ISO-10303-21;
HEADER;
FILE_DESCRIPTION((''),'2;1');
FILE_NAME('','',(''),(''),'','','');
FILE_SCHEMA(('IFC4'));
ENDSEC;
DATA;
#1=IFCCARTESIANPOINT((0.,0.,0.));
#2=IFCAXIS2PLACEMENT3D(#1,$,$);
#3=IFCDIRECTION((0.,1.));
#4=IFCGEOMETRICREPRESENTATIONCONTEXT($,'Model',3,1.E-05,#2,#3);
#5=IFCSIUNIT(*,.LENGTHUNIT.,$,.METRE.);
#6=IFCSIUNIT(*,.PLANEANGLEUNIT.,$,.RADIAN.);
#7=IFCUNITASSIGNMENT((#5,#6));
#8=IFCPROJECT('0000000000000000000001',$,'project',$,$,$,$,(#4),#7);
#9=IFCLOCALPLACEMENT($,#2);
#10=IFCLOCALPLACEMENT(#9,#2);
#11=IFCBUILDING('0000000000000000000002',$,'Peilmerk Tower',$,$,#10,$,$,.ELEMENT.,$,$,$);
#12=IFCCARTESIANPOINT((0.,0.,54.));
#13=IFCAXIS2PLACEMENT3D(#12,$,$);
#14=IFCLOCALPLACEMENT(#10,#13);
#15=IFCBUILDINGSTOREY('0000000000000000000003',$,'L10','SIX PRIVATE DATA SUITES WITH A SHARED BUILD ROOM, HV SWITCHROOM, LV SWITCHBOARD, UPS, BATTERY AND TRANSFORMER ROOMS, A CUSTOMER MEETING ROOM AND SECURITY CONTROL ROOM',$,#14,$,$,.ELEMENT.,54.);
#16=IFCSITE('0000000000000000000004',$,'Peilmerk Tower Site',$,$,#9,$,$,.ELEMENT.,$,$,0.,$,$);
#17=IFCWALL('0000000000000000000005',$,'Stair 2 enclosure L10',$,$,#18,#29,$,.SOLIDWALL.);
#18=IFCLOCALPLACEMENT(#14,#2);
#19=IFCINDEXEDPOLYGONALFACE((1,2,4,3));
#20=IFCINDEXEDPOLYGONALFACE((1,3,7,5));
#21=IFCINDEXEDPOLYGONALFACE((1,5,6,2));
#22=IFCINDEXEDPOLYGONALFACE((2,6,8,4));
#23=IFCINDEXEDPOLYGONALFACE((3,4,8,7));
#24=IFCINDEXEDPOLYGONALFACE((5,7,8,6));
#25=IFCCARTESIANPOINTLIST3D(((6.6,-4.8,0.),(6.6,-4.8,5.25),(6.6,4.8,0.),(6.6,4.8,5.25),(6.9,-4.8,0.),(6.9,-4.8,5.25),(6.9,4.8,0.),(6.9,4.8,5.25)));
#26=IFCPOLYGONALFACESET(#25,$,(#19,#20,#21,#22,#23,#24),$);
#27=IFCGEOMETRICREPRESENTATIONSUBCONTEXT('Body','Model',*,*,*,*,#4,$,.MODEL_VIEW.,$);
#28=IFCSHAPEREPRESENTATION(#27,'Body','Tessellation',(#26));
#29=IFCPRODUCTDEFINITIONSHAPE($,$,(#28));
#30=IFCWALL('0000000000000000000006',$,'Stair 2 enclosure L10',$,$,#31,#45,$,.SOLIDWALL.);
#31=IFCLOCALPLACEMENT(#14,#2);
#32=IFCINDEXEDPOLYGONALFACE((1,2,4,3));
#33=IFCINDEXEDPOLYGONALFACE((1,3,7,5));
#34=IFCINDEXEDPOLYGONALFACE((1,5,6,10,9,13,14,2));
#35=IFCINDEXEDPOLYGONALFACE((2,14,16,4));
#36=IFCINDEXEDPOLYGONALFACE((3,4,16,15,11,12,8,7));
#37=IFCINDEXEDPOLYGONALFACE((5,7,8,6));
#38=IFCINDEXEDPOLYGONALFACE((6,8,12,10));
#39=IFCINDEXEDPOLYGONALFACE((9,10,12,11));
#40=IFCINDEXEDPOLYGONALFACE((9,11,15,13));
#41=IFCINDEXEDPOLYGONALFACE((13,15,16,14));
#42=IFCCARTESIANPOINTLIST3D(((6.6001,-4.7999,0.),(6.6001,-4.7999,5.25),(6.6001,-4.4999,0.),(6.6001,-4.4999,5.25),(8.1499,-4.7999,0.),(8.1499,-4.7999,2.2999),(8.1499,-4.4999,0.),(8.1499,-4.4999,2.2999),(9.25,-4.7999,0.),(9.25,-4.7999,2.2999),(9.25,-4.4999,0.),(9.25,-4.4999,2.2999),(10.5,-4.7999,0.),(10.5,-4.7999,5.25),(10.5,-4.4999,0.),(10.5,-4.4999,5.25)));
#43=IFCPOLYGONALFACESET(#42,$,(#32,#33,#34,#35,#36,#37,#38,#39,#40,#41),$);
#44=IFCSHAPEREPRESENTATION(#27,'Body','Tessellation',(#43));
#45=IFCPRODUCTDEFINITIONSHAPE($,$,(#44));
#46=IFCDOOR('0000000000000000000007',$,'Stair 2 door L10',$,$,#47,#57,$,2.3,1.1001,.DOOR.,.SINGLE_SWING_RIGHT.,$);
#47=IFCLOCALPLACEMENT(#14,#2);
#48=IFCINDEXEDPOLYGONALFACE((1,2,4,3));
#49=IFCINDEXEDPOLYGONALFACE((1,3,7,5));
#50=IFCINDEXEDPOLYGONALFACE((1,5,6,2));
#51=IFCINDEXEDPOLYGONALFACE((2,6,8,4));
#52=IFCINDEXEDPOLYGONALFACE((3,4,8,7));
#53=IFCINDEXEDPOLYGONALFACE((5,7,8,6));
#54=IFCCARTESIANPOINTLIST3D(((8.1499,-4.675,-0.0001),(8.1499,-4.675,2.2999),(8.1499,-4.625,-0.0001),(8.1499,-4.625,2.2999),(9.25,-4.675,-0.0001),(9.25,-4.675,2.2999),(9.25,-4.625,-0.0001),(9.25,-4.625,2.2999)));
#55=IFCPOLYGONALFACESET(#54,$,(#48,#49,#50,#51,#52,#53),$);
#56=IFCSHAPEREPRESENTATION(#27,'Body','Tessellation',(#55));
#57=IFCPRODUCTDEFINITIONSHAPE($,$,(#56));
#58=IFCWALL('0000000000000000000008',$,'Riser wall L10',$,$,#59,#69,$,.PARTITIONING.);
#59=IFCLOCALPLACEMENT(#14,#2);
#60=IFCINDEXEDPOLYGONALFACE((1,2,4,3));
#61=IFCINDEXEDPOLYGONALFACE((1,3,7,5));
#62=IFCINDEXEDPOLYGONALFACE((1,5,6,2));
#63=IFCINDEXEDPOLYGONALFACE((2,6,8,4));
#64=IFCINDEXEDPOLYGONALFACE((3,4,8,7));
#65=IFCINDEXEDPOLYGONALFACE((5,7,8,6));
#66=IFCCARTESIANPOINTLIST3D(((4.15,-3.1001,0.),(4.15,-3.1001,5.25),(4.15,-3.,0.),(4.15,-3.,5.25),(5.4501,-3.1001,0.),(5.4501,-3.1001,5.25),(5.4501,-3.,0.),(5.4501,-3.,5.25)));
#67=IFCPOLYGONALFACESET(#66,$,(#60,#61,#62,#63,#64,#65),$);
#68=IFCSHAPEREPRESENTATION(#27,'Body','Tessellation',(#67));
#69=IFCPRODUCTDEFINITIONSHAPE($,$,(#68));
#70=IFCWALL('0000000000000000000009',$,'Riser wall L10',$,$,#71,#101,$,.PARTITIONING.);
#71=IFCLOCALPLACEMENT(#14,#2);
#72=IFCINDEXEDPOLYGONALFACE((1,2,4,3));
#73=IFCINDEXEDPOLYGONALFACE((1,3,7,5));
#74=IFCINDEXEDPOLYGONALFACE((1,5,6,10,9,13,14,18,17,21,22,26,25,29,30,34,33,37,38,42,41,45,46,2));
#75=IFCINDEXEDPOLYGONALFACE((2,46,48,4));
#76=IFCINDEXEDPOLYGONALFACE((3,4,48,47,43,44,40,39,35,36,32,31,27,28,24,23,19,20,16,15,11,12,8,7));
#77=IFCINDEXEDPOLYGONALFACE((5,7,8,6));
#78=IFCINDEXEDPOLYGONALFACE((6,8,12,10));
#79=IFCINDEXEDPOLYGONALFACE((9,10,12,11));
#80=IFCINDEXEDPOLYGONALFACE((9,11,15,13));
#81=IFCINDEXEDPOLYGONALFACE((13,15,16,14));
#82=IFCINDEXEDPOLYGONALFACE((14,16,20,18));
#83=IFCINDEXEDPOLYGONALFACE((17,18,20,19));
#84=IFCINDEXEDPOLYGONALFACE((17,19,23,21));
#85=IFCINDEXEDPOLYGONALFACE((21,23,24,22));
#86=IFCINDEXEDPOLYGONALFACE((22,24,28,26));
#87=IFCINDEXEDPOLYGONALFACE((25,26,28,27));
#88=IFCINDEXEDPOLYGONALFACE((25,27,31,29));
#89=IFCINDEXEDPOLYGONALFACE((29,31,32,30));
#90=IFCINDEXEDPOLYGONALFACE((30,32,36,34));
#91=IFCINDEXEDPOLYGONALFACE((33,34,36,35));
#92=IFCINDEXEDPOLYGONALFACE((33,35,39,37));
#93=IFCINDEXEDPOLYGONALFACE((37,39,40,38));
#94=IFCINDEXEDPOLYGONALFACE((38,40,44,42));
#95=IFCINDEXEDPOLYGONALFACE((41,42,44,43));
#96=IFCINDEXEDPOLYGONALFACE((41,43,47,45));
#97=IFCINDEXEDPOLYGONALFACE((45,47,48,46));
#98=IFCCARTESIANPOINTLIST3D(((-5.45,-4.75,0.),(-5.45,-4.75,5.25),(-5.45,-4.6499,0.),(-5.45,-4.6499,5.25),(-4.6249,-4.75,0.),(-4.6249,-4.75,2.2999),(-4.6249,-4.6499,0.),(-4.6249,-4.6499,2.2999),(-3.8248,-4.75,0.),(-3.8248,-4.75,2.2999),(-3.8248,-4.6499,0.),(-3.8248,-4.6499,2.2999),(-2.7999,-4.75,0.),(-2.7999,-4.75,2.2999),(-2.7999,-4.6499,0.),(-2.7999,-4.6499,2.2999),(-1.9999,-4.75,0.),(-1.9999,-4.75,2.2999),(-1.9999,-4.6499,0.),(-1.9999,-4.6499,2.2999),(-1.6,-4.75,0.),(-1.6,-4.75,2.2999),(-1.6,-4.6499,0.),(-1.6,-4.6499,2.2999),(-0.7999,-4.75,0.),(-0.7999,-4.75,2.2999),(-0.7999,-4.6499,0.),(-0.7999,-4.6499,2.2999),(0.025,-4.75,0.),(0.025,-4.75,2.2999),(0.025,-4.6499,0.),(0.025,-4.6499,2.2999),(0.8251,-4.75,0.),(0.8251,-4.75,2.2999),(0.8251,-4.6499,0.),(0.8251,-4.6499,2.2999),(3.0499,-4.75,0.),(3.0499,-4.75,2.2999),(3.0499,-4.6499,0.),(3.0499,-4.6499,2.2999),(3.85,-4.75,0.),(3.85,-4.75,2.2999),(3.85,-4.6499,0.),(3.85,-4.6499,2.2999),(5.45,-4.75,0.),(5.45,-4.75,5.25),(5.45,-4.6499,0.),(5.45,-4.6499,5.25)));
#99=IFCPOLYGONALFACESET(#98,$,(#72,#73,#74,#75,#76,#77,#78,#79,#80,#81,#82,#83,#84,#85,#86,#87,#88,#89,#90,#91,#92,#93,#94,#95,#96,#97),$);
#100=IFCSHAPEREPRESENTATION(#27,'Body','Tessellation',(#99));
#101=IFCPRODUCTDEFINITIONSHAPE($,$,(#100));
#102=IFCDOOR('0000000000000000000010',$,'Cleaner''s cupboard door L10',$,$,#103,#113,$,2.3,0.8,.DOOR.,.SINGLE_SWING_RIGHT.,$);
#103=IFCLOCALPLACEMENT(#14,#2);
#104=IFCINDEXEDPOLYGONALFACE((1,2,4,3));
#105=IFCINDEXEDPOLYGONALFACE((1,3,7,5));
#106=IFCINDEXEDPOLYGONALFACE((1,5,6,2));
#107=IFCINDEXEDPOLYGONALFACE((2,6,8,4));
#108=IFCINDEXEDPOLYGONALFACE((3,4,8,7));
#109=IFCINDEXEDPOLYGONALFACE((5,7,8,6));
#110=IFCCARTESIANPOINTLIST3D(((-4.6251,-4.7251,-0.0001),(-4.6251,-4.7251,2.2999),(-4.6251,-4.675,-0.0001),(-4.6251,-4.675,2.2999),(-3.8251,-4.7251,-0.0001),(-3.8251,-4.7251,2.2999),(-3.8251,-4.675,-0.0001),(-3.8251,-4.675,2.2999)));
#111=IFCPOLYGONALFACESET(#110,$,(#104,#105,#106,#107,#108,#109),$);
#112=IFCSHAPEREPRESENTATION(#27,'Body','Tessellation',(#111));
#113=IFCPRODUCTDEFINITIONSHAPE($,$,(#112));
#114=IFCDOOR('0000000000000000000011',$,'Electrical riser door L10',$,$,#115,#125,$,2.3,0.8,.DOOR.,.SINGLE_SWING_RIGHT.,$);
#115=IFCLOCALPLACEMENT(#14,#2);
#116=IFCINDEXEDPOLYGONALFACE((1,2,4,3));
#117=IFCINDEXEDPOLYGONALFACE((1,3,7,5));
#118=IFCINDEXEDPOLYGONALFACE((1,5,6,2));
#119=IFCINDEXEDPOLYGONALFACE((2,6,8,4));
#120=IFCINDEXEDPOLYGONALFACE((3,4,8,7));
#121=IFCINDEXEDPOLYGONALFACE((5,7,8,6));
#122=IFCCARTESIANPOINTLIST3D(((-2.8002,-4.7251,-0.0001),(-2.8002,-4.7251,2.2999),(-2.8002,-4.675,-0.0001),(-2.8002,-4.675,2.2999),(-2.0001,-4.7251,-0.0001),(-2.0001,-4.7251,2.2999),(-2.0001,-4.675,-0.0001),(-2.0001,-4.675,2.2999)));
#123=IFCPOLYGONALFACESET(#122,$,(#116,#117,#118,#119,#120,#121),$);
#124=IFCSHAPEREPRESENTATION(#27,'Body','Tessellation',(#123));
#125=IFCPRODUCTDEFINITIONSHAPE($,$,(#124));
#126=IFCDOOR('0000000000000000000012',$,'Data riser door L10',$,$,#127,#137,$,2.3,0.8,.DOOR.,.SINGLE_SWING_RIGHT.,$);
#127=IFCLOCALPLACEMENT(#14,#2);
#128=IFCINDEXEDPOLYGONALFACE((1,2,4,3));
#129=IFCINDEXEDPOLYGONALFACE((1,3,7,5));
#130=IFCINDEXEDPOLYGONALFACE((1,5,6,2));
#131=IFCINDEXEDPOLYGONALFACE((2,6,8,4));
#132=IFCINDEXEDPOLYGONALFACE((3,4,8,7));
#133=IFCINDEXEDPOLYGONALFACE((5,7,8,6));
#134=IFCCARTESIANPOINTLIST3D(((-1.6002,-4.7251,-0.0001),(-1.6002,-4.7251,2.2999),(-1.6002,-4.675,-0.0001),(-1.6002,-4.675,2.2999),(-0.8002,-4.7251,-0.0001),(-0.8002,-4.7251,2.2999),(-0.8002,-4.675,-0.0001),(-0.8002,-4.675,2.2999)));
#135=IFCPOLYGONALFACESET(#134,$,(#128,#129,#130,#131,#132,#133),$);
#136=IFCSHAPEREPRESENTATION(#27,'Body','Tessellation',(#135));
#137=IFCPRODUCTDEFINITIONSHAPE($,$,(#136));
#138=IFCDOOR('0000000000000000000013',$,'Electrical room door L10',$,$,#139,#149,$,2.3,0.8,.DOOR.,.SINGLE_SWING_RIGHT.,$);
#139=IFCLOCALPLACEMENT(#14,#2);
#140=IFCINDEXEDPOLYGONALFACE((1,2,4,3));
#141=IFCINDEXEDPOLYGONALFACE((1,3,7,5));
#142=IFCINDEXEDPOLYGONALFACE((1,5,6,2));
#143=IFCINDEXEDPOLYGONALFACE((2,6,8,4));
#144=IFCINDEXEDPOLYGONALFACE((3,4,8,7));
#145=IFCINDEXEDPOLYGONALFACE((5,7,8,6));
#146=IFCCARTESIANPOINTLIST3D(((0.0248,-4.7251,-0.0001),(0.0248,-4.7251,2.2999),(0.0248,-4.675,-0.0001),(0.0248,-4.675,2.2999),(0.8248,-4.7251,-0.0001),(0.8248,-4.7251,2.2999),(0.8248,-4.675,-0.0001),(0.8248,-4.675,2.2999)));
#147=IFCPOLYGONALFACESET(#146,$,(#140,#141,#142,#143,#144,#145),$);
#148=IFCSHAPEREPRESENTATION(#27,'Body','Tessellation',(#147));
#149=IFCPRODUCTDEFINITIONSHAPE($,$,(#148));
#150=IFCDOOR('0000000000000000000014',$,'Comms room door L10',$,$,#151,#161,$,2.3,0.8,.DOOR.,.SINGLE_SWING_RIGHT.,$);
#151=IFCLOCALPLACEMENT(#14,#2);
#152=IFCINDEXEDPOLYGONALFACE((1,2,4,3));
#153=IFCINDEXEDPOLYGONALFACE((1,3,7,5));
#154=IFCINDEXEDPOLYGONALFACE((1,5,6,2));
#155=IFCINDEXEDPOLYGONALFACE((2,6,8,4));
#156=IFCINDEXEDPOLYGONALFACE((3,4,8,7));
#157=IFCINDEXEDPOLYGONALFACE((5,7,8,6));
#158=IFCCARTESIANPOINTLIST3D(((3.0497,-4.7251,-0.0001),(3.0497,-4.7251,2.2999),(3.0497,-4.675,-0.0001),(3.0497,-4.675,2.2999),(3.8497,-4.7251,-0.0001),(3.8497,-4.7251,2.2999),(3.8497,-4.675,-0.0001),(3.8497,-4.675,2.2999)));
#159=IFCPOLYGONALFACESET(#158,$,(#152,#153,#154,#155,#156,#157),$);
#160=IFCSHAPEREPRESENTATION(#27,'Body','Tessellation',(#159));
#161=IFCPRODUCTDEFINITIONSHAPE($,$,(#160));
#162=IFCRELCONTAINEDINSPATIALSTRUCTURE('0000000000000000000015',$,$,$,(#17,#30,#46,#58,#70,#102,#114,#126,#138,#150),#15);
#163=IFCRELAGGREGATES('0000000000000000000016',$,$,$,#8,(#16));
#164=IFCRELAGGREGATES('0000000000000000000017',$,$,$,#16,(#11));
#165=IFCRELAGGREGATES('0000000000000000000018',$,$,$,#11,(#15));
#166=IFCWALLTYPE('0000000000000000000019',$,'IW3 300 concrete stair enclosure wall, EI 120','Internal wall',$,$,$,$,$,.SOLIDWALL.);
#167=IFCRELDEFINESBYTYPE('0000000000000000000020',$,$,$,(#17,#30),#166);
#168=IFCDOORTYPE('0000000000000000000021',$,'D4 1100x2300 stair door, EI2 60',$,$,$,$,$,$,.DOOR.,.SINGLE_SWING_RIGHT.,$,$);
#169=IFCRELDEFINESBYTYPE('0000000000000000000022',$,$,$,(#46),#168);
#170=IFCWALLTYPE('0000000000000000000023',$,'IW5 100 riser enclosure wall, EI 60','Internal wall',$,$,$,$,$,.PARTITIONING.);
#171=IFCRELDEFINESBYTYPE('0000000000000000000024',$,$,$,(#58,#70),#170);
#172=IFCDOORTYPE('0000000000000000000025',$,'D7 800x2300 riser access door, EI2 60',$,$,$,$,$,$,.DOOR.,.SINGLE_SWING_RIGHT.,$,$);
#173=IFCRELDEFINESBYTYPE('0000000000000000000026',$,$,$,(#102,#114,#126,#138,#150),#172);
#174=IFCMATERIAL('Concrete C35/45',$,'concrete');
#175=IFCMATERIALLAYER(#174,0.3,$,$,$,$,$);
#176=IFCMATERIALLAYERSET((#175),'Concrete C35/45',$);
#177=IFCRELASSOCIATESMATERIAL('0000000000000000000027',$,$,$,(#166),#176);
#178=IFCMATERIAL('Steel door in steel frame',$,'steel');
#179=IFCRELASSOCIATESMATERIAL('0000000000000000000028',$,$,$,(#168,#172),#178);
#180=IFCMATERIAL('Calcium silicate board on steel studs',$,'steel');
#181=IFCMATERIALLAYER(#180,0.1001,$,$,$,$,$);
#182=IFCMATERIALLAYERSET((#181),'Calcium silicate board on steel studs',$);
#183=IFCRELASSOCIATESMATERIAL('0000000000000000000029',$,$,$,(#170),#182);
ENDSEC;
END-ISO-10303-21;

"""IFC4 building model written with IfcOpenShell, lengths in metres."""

from ifc_helpers import new_model, si_unit, direction, frame, frame_2d, origin, place, context, subcontext, project, spatial, rectangle, extrude, material, layer, layer_set, type_object, element, fill, save


model = new_model("IFC4")

# Units and contexts
model_context = context("Model", 3, precision=1e-05, world=origin(), true_north=direction((0.0, 1.0)))
body_context = subcontext(model_context, "Body", "Model", "MODEL_VIEW")
ifc_project = project(units=[si_unit("LENGTHUNIT", "METRE"), si_unit("PLANEANGLEUNIT", "RADIAN")], contexts=[model_context])

# Site, building, storey
site_placement = place(None, origin())
site = spatial("IfcSite", under=ifc_project, at=site_placement, Name="Peilmerk Tower Site", CompositionType="ELEMENT", RefElevation=0.0)
building_placement = place(site_placement, origin())
building = spatial("IfcBuilding", under=site, at=building_placement, Name="Peilmerk Tower", CompositionType="ELEMENT")
storey_placement = place(building_placement, frame((0.0, 0.0, 54.0)))
storey = spatial("IfcBuildingStorey", under=building, at=storey_placement, Name="L10", Description="SIX PRIVATE DATA SUITES WITH A SHARED BUILD ROOM, HV SWITCHROOM, LV SWITCHBOARD, UPS, BATTERY AND TRANSFORMER ROOMS, A CUSTOMER MEETING ROOM AND SECURITY CONTROL ROOM", CompositionType="ELEMENT", Elevation=54.0)

# Wall
ifc_material_1 = material(Name="Concrete C35/45", Category="concrete")
ifc_layer_1 = layer(ifc_material_1, 0.3)
ifc_layer_set_1 = layer_set([ifc_layer_1], Name="Concrete C35/45")
wall_type_1 = type_object("IfcWallType", Name="IW3 300 concrete stair enclosure wall, EI 120", Description="Internal wall", PredefinedType="SOLIDWALL", material=ifc_layer_set_1)
wall_1_placement = place(storey_placement, frame((6.75, -4.8, 0.0), z_axis=(0.0, 0.0, 1.0), x_axis=(0.0, 1.0, 0.0)))
element("IfcWall", 1, at=wall_1_placement, inside=storey, type_object=wall_type_1, Name="Stair 2 enclosure L10", PredefinedType="SOLIDWALL", context=body_context, shape_type="SweptSolid", body=[
    extrude(rectangle(XDim=9.6001, YDim=0.3, at=frame_2d((4.8, 0.0))), origin(), (0.0, 0.0, 1.0), 5.25),
])

# Wall, opening, door
wall_2_placement = place(storey_placement, frame((10.5, -4.6499, 0.0), z_axis=(0.0, 0.0, 1.0), x_axis=(-1.0, 0.0, 0.0)))
wall_2 = element("IfcWall", 2, at=wall_2_placement, inside=storey, type_object=wall_type_1, Name="Stair 2 enclosure L10", PredefinedType="SOLIDWALL", context=body_context, shape_type="SweptSolid", body=[
    extrude(rectangle(XDim=3.8999, YDim=0.3, at=frame_2d((1.95, 0.0))), origin(), (0.0, 0.0, 1.0), 5.25),
])
opening_1_placement = place(wall_2_placement, frame((1.25, 0.0, 0.0)))
opening_1 = element("IfcOpeningElement", 3, at=opening_1_placement, cuts=wall_2, PredefinedType="OPENING", context=body_context, shape_type="SweptSolid", body=[
    extrude(rectangle(XDim=1.1001, YDim=2.3, at=frame_2d((0.55, 1.1499))), frame((0.0, 0.1599, 0.0), z_axis=(0.0, -1.0, 0.0), x_axis=(1.0, 0.0, 0.0)), (0.0, 0.0, 1.0), 0.3201),
])
ifc_material_2 = material(Name="Steel door in steel frame", Category="steel")
door_type_1 = type_object("IfcDoorType", Name="D4 1100x2300 stair door, EI2 60", OperationType="SINGLE_SWING_RIGHT", PredefinedType="DOOR", material=ifc_material_2)
door_1_placement = place(opening_1_placement, frame((1.1001, 0.0, 0.0), z_axis=(0.0, 0.0, 1.0), x_axis=(-1.0, 0.0, 0.0)))
door_1 = element("IfcDoor", 4, at=door_1_placement, inside=storey, type_object=door_type_1, Name="Stair 2 door L10", OperationType="SINGLE_SWING_RIGHT", OverallHeight=2.3, OverallWidth=1.1001, PredefinedType="DOOR", context=body_context, shape_type="SweptSolid", body=[
    extrude(rectangle(XDim=1.1001, YDim=2.3, at=frame_2d((0.55, 1.1499))), frame((0.0, 0.0249, 0.0), z_axis=(0.0, -1.0, 0.0), x_axis=(1.0, 0.0, 0.0)), (0.0, 0.0, 1.0), 0.05),
])
fill(opening_1, door_1)

# Wall
ifc_material_3 = material(Name="Calcium silicate board on steel studs", Category="steel")
ifc_layer_2 = layer(ifc_material_3, 0.1001)
ifc_layer_set_2 = layer_set([ifc_layer_2], Name="Calcium silicate board on steel studs")
wall_type_2 = type_object("IfcWallType", Name="IW5 100 riser enclosure wall, EI 60", Description="Internal wall", PredefinedType="PARTITIONING", material=ifc_layer_set_2)
wall_3_placement = place(storey_placement, frame((5.45, -3.05, 0.0), z_axis=(0.0, 0.0, 1.0), x_axis=(-1.0, 0.0, 0.0)))
element("IfcWall", 5, at=wall_3_placement, inside=storey, type_object=wall_type_2, Name="Riser wall L10", PredefinedType="PARTITIONING", context=body_context, shape_type="SweptSolid", body=[
    extrude(rectangle(XDim=1.3, YDim=0.1001, at=frame_2d((0.6499, 0.0))), origin(), (0.0, 0.0, 1.0), 5.25),
])

# Wall, openings, doors
wall_4_placement = place(storey_placement, frame((5.45, -4.7, 0.0), z_axis=(0.0, 0.0, 1.0), x_axis=(-1.0, 0.0, 0.0)))
wall_4 = element("IfcWall", 6, at=wall_4_placement, inside=storey, type_object=wall_type_2, Name="Riser wall L10", PredefinedType="PARTITIONING", context=body_context, shape_type="SweptSolid", body=[
    extrude(rectangle(XDim=10.8999, YDim=0.1001, at=frame_2d((5.45, 0.0))), origin(), (0.0, 0.0, 1.0), 5.25),
])
opening_2_placement = place(wall_4_placement, frame((9.2749, 0.0, 0.0)))
opening_2 = element("IfcOpeningElement", 7, at=opening_2_placement, cuts=wall_4, PredefinedType="OPENING", context=body_context, shape_type="SweptSolid", body=[
    extrude(rectangle(XDim=0.8, YDim=2.3, at=frame_2d((0.3999, 1.1499))), frame((0.0, 0.0601, 0.0), z_axis=(0.0, -1.0, 0.0), x_axis=(1.0, 0.0, 0.0)), (0.0, 0.0, 1.0), 0.1201),
])
opening_3_placement = place(wall_4_placement, frame((7.45, 0.0, 0.0)))
opening_3 = element("IfcOpeningElement", 8, at=opening_3_placement, cuts=wall_4, PredefinedType="OPENING", context=body_context, shape_type="SweptSolid", body=[
    extrude(rectangle(XDim=0.8, YDim=2.3, at=frame_2d((0.3999, 1.1499))), frame((0.0, 0.0601, 0.0), z_axis=(0.0, -1.0, 0.0), x_axis=(1.0, 0.0, 0.0)), (0.0, 0.0, 1.0), 0.1201),
])
opening_4_placement = place(wall_4_placement, frame((6.25, 0.0, 0.0)))
opening_4 = element("IfcOpeningElement", 9, at=opening_4_placement, cuts=wall_4, PredefinedType="OPENING", context=body_context, shape_type="SweptSolid", body=[
    extrude(rectangle(XDim=0.8, YDim=2.3, at=frame_2d((0.3999, 1.1499))), frame((0.0, 0.0601, 0.0), z_axis=(0.0, -1.0, 0.0), x_axis=(1.0, 0.0, 0.0)), (0.0, 0.0, 1.0), 0.1201),
])
opening_5_placement = place(wall_4_placement, frame((4.625, 0.0, 0.0)))
opening_5 = element("IfcOpeningElement", 10, at=opening_5_placement, cuts=wall_4, PredefinedType="OPENING", context=body_context, shape_type="SweptSolid", body=[
    extrude(rectangle(XDim=0.8, YDim=2.3, at=frame_2d((0.3999, 1.1499))), frame((0.0, 0.0601, 0.0), z_axis=(0.0, -1.0, 0.0), x_axis=(1.0, 0.0, 0.0)), (0.0, 0.0, 1.0), 0.1201),
])
opening_6_placement = place(wall_4_placement, frame((1.6001, 0.0, 0.0)))
opening_6 = element("IfcOpeningElement", 11, at=opening_6_placement, cuts=wall_4, PredefinedType="OPENING", context=body_context, shape_type="SweptSolid", body=[
    extrude(rectangle(XDim=0.8, YDim=2.3, at=frame_2d((0.3999, 1.1499))), frame((0.0, 0.0601, 0.0), z_axis=(0.0, -1.0, 0.0), x_axis=(1.0, 0.0, 0.0)), (0.0, 0.0, 1.0), 0.1201),
])
door_type_2 = type_object("IfcDoorType", Name="D7 800x2300 riser access door, EI2 60", OperationType="SINGLE_SWING_RIGHT", PredefinedType="DOOR", material=ifc_material_2)
door_2_placement = place(opening_2_placement, frame((0.8, 0.0, 0.0), z_axis=(0.0, 0.0, 1.0), x_axis=(-1.0, 0.0, 0.0)))
door_2 = element("IfcDoor", 12, at=door_2_placement, inside=storey, type_object=door_type_2, Name="Cleaner's cupboard door L10", OperationType="SINGLE_SWING_RIGHT", OverallHeight=2.3, OverallWidth=0.8, PredefinedType="DOOR", context=body_context, shape_type="SweptSolid", body=[
    extrude(rectangle(XDim=0.8, YDim=2.3, at=frame_2d((0.3999, 1.1499))), frame((0.0, 0.0249, 0.0), z_axis=(0.0, -1.0, 0.0), x_axis=(1.0, 0.0, 0.0)), (0.0, 0.0, 1.0), 0.05),
])
fill(opening_2, door_2)
door_3_placement = place(opening_3_placement, frame((0.8, 0.0, 0.0), z_axis=(0.0, 0.0, 1.0), x_axis=(-1.0, 0.0, 0.0)))
door_3 = element("IfcDoor", 13, at=door_3_placement, inside=storey, type_object=door_type_2, Name="Electrical riser door L10", OperationType="SINGLE_SWING_RIGHT", OverallHeight=2.3, OverallWidth=0.8, PredefinedType="DOOR", context=body_context, shape_type="SweptSolid", body=[
    extrude(rectangle(XDim=0.8, YDim=2.3, at=frame_2d((0.3999, 1.1499))), frame((0.0, 0.0249, 0.0), z_axis=(0.0, -1.0, 0.0), x_axis=(1.0, 0.0, 0.0)), (0.0, 0.0, 1.0), 0.05),
])
fill(opening_3, door_3)
door_4_placement = place(opening_4_placement, frame((0.8, 0.0, 0.0), z_axis=(0.0, 0.0, 1.0), x_axis=(-1.0, 0.0, 0.0)))
door_4 = element("IfcDoor", 14, at=door_4_placement, inside=storey, type_object=door_type_2, Name="Data riser door L10", OperationType="SINGLE_SWING_RIGHT", OverallHeight=2.3, OverallWidth=0.8, PredefinedType="DOOR", context=body_context, shape_type="SweptSolid", body=[
    extrude(rectangle(XDim=0.8, YDim=2.3, at=frame_2d((0.3999, 1.1499))), frame((0.0, 0.0249, 0.0), z_axis=(0.0, -1.0, 0.0), x_axis=(1.0, 0.0, 0.0)), (0.0, 0.0, 1.0), 0.05),
])
fill(opening_4, door_4)
door_5_placement = place(opening_5_placement, frame((0.8, 0.0, 0.0), z_axis=(0.0, 0.0, 1.0), x_axis=(-1.0, 0.0, 0.0)))
door_5 = element("IfcDoor", 15, at=door_5_placement, inside=storey, type_object=door_type_2, Name="Electrical room door L10", OperationType="SINGLE_SWING_RIGHT", OverallHeight=2.3, OverallWidth=0.8, PredefinedType="DOOR", context=body_context, shape_type="SweptSolid", body=[
    extrude(rectangle(XDim=0.8, YDim=2.3, at=frame_2d((0.3999, 1.1499))), frame((0.0, 0.0249, 0.0), z_axis=(0.0, -1.0, 0.0), x_axis=(1.0, 0.0, 0.0)), (0.0, 0.0, 1.0), 0.05),
])
fill(opening_5, door_5)
door_6_placement = place(opening_6_placement, frame((0.8, 0.0, 0.0), z_axis=(0.0, 0.0, 1.0), x_axis=(-1.0, 0.0, 0.0)))
door_6 = element("IfcDoor", 16, at=door_6_placement, inside=storey, type_object=door_type_2, Name="Comms room door L10", OperationType="SINGLE_SWING_RIGHT", OverallHeight=2.3, OverallWidth=0.8, PredefinedType="DOOR", context=body_context, shape_type="SweptSolid", body=[
    extrude(rectangle(XDim=0.8, YDim=2.3, at=frame_2d((0.3999, 1.1499))), frame((0.0, 0.0249, 0.0), z_axis=(0.0, -1.0, 0.0), x_axis=(1.0, 0.0, 0.0)), (0.0, 0.0, 1.0), 0.05),
])
fill(opening_6, door_6)

save(model, "model.ifc")
